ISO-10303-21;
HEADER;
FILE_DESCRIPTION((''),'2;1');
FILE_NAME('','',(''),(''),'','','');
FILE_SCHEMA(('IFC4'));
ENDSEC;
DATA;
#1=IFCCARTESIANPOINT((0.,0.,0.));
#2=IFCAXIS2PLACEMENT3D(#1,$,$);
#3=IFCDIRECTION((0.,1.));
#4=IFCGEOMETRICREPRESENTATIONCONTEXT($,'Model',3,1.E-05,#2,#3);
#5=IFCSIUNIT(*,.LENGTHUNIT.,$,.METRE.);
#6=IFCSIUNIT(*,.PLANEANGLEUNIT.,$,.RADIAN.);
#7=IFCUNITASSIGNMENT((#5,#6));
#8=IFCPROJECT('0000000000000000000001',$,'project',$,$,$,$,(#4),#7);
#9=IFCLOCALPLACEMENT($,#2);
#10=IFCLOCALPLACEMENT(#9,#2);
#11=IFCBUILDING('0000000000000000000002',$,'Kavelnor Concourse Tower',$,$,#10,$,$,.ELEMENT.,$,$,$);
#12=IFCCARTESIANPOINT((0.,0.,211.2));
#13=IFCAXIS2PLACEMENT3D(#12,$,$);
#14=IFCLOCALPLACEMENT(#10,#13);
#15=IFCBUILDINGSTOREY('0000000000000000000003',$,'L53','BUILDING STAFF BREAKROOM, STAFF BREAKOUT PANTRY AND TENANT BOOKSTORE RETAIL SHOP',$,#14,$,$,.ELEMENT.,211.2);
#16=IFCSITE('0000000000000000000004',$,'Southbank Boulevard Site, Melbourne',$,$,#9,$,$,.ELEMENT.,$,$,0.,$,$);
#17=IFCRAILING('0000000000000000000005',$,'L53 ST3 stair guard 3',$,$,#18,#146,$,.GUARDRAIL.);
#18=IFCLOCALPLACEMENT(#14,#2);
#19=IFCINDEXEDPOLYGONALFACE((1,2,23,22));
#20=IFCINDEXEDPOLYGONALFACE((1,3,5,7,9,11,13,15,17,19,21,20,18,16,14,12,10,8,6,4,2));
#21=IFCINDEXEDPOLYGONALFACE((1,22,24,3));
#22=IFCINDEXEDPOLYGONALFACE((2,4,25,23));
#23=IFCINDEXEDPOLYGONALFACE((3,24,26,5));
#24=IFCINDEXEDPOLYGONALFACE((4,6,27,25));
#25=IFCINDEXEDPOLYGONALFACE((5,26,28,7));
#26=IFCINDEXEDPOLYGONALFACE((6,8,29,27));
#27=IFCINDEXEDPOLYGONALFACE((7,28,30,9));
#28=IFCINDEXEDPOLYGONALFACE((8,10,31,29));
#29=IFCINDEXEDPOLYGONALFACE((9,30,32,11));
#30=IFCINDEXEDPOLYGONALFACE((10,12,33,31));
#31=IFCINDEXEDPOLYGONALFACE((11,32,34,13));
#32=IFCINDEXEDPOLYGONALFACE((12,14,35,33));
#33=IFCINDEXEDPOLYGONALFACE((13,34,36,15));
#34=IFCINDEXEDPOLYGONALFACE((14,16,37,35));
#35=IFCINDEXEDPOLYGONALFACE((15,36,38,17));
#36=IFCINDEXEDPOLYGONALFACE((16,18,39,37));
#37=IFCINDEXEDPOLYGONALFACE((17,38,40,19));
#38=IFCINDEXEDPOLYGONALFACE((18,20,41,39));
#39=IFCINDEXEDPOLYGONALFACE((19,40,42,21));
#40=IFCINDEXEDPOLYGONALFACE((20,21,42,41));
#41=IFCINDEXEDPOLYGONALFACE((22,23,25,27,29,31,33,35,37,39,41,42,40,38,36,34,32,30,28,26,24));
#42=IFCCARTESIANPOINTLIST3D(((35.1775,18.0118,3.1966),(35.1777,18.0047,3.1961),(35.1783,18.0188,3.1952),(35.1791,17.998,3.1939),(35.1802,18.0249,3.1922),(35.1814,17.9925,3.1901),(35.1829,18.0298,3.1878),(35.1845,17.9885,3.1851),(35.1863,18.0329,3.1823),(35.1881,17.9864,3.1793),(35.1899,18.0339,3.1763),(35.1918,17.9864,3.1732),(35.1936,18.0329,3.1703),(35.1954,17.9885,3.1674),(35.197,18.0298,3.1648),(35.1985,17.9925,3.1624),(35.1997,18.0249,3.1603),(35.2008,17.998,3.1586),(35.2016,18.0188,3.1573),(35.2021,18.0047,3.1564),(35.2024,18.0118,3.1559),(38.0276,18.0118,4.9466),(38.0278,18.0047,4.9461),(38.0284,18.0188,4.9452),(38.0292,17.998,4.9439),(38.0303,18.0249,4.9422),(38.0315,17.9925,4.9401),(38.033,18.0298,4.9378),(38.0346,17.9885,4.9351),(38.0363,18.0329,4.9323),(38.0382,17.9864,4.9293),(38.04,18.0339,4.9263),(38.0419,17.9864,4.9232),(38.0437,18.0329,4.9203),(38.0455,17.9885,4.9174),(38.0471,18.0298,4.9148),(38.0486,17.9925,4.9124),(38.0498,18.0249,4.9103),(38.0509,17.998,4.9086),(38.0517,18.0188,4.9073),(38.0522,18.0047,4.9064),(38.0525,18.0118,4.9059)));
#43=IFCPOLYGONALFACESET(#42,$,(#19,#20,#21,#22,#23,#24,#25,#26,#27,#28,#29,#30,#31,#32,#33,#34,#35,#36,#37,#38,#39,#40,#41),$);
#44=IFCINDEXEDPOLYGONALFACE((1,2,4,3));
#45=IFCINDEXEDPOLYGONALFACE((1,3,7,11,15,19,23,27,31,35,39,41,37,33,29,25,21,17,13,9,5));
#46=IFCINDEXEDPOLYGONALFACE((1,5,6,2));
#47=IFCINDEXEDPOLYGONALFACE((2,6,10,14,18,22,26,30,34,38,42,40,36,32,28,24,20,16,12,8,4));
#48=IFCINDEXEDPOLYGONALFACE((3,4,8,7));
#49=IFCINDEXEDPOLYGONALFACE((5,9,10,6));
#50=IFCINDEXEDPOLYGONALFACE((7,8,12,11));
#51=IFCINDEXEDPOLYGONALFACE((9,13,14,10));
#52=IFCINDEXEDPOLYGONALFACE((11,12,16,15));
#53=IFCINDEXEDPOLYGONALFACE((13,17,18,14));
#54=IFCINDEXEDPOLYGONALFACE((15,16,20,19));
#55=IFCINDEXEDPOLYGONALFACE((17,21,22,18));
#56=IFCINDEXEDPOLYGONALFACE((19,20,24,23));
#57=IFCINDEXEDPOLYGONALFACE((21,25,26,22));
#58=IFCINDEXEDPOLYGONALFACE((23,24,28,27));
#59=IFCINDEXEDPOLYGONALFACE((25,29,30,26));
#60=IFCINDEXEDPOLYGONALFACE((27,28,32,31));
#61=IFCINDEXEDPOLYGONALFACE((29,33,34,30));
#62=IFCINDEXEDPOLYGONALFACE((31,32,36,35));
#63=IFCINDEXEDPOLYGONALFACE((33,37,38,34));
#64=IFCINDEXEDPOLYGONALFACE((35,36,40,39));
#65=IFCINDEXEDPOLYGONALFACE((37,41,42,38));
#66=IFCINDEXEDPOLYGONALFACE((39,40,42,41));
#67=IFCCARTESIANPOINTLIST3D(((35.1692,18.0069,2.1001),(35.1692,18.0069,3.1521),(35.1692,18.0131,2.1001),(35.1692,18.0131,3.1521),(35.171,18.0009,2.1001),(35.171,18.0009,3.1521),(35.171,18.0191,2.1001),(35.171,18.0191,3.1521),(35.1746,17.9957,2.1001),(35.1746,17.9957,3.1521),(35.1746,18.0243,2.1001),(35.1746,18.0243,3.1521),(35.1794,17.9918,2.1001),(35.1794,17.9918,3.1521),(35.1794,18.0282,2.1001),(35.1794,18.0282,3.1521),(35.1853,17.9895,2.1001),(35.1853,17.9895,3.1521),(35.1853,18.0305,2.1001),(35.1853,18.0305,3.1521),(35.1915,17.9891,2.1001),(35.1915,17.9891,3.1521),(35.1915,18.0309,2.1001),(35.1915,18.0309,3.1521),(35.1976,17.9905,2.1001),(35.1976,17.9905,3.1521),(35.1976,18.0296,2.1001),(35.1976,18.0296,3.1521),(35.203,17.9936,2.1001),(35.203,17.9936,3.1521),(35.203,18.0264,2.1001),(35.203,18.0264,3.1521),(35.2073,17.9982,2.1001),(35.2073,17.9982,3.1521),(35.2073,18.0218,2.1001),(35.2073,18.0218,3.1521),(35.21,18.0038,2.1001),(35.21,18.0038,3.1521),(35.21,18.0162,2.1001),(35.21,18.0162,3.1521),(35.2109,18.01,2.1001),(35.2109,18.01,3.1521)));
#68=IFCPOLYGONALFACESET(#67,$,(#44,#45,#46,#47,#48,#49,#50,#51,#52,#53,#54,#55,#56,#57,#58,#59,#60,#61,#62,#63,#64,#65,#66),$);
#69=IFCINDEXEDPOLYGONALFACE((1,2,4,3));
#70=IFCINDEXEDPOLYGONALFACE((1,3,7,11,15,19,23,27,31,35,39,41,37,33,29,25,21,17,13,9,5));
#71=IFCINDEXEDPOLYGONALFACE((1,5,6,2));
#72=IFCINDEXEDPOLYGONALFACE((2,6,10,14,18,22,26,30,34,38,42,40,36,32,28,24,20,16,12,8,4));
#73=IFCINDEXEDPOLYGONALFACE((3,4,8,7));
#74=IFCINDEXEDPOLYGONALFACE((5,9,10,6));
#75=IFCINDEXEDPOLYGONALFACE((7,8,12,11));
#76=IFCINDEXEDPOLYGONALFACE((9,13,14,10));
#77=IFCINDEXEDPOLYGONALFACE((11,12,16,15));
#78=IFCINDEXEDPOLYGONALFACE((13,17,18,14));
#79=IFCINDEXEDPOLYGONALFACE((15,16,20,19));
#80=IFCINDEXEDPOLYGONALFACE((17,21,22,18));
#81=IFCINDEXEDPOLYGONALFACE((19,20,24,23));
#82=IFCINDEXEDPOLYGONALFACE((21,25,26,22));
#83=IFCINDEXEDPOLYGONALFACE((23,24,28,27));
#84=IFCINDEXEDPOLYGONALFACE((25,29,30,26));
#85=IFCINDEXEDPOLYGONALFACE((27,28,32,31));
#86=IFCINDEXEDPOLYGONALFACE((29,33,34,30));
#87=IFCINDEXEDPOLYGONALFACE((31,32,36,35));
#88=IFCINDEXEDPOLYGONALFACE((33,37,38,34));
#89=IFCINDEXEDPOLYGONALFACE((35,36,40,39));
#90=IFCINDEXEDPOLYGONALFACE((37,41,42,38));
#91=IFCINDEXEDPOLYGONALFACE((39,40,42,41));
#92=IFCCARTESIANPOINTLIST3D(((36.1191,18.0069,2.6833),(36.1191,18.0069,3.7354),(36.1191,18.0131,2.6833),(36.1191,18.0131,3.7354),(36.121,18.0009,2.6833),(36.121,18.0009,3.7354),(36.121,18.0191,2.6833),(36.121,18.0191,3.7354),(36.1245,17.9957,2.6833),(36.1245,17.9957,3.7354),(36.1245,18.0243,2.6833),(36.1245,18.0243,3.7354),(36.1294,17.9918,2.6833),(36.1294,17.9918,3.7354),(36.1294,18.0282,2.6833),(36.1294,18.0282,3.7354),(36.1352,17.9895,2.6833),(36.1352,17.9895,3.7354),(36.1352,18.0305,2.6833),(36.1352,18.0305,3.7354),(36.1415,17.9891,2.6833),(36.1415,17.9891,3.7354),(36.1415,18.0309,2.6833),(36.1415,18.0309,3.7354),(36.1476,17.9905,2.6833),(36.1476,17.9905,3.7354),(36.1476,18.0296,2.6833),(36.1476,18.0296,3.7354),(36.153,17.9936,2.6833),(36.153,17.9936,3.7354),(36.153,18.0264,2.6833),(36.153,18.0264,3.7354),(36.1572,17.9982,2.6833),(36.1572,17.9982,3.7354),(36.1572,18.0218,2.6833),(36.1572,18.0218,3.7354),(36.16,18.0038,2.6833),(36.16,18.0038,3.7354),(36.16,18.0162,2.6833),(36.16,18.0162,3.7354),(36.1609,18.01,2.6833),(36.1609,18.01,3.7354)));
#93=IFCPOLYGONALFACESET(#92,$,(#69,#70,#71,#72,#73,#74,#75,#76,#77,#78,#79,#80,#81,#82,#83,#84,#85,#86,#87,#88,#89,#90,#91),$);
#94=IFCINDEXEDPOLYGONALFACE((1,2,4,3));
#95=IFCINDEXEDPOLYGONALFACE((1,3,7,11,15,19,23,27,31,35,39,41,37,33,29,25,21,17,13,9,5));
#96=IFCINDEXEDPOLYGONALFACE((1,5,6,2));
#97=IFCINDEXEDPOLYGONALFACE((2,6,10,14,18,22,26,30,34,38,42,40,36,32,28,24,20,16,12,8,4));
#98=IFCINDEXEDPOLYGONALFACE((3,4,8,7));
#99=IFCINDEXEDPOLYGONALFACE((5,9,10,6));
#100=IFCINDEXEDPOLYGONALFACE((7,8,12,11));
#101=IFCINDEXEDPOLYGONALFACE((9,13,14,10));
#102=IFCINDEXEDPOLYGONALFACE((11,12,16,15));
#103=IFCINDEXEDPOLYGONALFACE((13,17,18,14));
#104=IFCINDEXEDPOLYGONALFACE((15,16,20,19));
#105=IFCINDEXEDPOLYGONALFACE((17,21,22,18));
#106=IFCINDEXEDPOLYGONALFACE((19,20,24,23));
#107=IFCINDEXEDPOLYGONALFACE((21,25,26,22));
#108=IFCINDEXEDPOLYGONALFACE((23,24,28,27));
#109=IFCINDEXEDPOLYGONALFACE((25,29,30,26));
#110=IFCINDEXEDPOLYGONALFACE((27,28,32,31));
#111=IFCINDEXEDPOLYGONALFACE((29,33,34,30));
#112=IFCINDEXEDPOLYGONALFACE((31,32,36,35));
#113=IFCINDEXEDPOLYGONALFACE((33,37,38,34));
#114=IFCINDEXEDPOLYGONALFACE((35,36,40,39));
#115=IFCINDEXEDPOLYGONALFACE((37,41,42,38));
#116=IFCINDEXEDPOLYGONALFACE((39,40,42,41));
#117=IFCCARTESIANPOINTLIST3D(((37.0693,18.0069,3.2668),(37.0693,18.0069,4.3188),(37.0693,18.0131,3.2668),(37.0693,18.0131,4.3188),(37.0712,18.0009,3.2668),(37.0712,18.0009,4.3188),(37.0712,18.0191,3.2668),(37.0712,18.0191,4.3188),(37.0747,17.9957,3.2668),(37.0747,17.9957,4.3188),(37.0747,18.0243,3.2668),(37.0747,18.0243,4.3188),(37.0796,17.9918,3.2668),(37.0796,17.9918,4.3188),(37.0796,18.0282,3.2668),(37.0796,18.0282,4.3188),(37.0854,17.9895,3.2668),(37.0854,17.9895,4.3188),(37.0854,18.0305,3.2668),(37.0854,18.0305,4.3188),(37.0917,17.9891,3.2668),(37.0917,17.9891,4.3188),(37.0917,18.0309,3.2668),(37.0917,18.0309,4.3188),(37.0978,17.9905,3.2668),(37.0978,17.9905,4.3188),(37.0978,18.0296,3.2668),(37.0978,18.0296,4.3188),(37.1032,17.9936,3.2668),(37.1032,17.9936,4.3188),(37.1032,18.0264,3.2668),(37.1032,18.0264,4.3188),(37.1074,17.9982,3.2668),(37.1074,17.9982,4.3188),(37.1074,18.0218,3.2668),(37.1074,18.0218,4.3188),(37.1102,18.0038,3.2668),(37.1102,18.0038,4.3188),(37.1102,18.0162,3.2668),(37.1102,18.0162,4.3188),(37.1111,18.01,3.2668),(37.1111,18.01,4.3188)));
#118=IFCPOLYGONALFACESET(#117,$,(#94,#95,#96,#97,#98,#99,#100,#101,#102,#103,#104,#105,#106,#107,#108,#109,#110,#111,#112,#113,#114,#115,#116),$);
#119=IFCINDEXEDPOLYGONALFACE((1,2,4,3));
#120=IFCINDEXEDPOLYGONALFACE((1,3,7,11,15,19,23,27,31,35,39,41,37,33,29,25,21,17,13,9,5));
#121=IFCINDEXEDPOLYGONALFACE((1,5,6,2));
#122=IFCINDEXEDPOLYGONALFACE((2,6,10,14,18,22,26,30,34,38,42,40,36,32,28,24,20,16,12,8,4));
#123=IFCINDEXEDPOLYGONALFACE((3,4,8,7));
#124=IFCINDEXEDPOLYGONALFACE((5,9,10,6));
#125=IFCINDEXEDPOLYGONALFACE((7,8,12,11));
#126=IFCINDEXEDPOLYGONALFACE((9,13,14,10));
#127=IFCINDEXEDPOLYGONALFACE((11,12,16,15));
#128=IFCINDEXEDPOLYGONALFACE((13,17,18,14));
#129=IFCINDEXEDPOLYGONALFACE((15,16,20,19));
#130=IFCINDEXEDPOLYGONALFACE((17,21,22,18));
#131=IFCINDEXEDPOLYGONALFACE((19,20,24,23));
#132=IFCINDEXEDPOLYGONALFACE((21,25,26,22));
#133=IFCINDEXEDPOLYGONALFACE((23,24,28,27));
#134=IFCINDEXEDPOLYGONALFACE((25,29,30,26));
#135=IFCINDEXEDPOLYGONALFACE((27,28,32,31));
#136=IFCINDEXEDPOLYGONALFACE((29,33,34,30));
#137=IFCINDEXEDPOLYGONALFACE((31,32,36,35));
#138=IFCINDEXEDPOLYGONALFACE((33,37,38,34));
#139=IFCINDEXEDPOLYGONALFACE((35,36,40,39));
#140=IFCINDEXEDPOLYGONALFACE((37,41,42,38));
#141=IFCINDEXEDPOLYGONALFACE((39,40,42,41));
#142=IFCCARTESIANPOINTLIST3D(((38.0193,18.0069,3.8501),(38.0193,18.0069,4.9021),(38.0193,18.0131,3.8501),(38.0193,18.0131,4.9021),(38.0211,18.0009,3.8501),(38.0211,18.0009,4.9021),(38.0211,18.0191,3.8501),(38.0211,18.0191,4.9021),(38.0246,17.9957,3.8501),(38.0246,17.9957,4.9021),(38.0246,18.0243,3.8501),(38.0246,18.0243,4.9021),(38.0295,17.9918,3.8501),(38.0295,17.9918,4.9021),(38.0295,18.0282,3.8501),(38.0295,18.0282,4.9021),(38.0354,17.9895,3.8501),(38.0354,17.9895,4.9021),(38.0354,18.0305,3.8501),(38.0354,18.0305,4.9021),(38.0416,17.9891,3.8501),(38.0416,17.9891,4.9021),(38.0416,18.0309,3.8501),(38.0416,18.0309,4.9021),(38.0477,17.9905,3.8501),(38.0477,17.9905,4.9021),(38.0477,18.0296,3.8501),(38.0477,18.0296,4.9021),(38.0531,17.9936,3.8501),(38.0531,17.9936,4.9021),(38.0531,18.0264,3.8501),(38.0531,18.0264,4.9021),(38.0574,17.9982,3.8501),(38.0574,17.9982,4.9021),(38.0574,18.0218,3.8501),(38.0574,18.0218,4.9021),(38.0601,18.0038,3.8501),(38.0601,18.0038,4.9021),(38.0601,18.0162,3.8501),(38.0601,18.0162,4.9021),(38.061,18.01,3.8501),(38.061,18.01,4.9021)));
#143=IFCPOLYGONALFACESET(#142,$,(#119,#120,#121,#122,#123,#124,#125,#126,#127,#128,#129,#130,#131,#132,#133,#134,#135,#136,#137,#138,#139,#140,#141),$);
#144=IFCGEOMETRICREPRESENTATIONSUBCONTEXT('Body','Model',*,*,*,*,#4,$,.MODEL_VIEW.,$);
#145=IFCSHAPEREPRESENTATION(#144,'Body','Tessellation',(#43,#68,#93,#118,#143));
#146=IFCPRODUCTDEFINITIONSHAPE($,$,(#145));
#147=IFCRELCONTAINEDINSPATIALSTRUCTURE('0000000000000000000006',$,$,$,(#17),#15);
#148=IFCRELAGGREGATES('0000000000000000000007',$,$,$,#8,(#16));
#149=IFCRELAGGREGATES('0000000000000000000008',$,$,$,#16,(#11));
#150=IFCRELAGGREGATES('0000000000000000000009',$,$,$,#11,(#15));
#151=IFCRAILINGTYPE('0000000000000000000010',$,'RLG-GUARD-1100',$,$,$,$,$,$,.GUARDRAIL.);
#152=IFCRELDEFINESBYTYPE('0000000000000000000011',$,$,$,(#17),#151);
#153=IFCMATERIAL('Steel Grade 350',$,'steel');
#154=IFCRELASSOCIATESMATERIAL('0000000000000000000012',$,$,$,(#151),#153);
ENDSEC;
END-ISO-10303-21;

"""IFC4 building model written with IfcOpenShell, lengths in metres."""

from ifc_helpers import new_model, si_unit, direction, frame, origin, origin_2d, place, context, subcontext, project, spatial, circle, extrude, material, type_object, element, save


model = new_model("IFC4")

# Units and contexts
model_context = context("Model", 3, precision=1e-05, world=origin(), true_north=direction((0.0, 1.0)))
body_context = subcontext(model_context, "Body", "Model", "MODEL_VIEW")
ifc_project = project(units=[si_unit("LENGTHUNIT", "METRE"), si_unit("PLANEANGLEUNIT", "RADIAN")], contexts=[model_context])

# Site, building, storey
site_placement = place(None, origin())
site = spatial("IfcSite", under=ifc_project, at=site_placement, Name="Southbank Boulevard Site, Melbourne", CompositionType="ELEMENT", RefElevation=0.0)
building_placement = place(site_placement, origin())
building = spatial("IfcBuilding", under=site, at=building_placement, Name="Kavelnor Concourse Tower", CompositionType="ELEMENT")
storey_placement = place(building_placement, frame((0.0, 0.0, 211.2)))
storey = spatial("IfcBuildingStorey", under=building, at=storey_placement, Name="L53", Description="BUILDING STAFF BREAKROOM, STAFF BREAKOUT PANTRY AND TENANT BOOKSTORE RETAIL SHOP", CompositionType="ELEMENT", Elevation=211.2)

# Shared definitions
ifc_material_1 = material(Name="Steel Grade 350", Category="steel")

# Railing
railing_type_1 = type_object("IfcRailingType", Name="RLG-GUARD-1100", PredefinedType="GUARDRAIL", material=ifc_material_1)
railing_1_placement = place(storey_placement, frame((35.1899, 18.01, 2.1001)))
element("IfcRailing", 1, at=railing_1_placement, inside=storey, type_object=railing_type_1, Name="L53 ST3 stair guard 3", PredefinedType="GUARDRAIL", context=body_context, shape_type="SweptSolid", body=[
    extrude(circle(Radius=0.0239, at=origin_2d()), frame((0.0, 0.0, 1.0762), z_axis=(0.852179, 0.0, 0.52325), x_axis=(0.0, 1.0, 0.0)), (0.0, 0.0, 1.0), 3.3445),
    extrude(circle(Radius=0.021, at=origin_2d()), origin(), (0.0, 0.0, 1.0), 1.052),
    extrude(circle(Radius=0.021, at=origin_2d()), frame((0.95, 0.0, 0.5833)), (0.0, 0.0, 1.0), 1.052),
    extrude(circle(Radius=0.021, at=origin_2d()), frame((1.9001, 0.0, 1.1667)), (0.0, 0.0, 1.0), 1.052),
    extrude(circle(Radius=0.021, at=origin_2d()), frame((2.8501, 0.0, 1.75)), (0.0, 0.0, 1.0), 1.052),
])

save(model, "model.ifc")
